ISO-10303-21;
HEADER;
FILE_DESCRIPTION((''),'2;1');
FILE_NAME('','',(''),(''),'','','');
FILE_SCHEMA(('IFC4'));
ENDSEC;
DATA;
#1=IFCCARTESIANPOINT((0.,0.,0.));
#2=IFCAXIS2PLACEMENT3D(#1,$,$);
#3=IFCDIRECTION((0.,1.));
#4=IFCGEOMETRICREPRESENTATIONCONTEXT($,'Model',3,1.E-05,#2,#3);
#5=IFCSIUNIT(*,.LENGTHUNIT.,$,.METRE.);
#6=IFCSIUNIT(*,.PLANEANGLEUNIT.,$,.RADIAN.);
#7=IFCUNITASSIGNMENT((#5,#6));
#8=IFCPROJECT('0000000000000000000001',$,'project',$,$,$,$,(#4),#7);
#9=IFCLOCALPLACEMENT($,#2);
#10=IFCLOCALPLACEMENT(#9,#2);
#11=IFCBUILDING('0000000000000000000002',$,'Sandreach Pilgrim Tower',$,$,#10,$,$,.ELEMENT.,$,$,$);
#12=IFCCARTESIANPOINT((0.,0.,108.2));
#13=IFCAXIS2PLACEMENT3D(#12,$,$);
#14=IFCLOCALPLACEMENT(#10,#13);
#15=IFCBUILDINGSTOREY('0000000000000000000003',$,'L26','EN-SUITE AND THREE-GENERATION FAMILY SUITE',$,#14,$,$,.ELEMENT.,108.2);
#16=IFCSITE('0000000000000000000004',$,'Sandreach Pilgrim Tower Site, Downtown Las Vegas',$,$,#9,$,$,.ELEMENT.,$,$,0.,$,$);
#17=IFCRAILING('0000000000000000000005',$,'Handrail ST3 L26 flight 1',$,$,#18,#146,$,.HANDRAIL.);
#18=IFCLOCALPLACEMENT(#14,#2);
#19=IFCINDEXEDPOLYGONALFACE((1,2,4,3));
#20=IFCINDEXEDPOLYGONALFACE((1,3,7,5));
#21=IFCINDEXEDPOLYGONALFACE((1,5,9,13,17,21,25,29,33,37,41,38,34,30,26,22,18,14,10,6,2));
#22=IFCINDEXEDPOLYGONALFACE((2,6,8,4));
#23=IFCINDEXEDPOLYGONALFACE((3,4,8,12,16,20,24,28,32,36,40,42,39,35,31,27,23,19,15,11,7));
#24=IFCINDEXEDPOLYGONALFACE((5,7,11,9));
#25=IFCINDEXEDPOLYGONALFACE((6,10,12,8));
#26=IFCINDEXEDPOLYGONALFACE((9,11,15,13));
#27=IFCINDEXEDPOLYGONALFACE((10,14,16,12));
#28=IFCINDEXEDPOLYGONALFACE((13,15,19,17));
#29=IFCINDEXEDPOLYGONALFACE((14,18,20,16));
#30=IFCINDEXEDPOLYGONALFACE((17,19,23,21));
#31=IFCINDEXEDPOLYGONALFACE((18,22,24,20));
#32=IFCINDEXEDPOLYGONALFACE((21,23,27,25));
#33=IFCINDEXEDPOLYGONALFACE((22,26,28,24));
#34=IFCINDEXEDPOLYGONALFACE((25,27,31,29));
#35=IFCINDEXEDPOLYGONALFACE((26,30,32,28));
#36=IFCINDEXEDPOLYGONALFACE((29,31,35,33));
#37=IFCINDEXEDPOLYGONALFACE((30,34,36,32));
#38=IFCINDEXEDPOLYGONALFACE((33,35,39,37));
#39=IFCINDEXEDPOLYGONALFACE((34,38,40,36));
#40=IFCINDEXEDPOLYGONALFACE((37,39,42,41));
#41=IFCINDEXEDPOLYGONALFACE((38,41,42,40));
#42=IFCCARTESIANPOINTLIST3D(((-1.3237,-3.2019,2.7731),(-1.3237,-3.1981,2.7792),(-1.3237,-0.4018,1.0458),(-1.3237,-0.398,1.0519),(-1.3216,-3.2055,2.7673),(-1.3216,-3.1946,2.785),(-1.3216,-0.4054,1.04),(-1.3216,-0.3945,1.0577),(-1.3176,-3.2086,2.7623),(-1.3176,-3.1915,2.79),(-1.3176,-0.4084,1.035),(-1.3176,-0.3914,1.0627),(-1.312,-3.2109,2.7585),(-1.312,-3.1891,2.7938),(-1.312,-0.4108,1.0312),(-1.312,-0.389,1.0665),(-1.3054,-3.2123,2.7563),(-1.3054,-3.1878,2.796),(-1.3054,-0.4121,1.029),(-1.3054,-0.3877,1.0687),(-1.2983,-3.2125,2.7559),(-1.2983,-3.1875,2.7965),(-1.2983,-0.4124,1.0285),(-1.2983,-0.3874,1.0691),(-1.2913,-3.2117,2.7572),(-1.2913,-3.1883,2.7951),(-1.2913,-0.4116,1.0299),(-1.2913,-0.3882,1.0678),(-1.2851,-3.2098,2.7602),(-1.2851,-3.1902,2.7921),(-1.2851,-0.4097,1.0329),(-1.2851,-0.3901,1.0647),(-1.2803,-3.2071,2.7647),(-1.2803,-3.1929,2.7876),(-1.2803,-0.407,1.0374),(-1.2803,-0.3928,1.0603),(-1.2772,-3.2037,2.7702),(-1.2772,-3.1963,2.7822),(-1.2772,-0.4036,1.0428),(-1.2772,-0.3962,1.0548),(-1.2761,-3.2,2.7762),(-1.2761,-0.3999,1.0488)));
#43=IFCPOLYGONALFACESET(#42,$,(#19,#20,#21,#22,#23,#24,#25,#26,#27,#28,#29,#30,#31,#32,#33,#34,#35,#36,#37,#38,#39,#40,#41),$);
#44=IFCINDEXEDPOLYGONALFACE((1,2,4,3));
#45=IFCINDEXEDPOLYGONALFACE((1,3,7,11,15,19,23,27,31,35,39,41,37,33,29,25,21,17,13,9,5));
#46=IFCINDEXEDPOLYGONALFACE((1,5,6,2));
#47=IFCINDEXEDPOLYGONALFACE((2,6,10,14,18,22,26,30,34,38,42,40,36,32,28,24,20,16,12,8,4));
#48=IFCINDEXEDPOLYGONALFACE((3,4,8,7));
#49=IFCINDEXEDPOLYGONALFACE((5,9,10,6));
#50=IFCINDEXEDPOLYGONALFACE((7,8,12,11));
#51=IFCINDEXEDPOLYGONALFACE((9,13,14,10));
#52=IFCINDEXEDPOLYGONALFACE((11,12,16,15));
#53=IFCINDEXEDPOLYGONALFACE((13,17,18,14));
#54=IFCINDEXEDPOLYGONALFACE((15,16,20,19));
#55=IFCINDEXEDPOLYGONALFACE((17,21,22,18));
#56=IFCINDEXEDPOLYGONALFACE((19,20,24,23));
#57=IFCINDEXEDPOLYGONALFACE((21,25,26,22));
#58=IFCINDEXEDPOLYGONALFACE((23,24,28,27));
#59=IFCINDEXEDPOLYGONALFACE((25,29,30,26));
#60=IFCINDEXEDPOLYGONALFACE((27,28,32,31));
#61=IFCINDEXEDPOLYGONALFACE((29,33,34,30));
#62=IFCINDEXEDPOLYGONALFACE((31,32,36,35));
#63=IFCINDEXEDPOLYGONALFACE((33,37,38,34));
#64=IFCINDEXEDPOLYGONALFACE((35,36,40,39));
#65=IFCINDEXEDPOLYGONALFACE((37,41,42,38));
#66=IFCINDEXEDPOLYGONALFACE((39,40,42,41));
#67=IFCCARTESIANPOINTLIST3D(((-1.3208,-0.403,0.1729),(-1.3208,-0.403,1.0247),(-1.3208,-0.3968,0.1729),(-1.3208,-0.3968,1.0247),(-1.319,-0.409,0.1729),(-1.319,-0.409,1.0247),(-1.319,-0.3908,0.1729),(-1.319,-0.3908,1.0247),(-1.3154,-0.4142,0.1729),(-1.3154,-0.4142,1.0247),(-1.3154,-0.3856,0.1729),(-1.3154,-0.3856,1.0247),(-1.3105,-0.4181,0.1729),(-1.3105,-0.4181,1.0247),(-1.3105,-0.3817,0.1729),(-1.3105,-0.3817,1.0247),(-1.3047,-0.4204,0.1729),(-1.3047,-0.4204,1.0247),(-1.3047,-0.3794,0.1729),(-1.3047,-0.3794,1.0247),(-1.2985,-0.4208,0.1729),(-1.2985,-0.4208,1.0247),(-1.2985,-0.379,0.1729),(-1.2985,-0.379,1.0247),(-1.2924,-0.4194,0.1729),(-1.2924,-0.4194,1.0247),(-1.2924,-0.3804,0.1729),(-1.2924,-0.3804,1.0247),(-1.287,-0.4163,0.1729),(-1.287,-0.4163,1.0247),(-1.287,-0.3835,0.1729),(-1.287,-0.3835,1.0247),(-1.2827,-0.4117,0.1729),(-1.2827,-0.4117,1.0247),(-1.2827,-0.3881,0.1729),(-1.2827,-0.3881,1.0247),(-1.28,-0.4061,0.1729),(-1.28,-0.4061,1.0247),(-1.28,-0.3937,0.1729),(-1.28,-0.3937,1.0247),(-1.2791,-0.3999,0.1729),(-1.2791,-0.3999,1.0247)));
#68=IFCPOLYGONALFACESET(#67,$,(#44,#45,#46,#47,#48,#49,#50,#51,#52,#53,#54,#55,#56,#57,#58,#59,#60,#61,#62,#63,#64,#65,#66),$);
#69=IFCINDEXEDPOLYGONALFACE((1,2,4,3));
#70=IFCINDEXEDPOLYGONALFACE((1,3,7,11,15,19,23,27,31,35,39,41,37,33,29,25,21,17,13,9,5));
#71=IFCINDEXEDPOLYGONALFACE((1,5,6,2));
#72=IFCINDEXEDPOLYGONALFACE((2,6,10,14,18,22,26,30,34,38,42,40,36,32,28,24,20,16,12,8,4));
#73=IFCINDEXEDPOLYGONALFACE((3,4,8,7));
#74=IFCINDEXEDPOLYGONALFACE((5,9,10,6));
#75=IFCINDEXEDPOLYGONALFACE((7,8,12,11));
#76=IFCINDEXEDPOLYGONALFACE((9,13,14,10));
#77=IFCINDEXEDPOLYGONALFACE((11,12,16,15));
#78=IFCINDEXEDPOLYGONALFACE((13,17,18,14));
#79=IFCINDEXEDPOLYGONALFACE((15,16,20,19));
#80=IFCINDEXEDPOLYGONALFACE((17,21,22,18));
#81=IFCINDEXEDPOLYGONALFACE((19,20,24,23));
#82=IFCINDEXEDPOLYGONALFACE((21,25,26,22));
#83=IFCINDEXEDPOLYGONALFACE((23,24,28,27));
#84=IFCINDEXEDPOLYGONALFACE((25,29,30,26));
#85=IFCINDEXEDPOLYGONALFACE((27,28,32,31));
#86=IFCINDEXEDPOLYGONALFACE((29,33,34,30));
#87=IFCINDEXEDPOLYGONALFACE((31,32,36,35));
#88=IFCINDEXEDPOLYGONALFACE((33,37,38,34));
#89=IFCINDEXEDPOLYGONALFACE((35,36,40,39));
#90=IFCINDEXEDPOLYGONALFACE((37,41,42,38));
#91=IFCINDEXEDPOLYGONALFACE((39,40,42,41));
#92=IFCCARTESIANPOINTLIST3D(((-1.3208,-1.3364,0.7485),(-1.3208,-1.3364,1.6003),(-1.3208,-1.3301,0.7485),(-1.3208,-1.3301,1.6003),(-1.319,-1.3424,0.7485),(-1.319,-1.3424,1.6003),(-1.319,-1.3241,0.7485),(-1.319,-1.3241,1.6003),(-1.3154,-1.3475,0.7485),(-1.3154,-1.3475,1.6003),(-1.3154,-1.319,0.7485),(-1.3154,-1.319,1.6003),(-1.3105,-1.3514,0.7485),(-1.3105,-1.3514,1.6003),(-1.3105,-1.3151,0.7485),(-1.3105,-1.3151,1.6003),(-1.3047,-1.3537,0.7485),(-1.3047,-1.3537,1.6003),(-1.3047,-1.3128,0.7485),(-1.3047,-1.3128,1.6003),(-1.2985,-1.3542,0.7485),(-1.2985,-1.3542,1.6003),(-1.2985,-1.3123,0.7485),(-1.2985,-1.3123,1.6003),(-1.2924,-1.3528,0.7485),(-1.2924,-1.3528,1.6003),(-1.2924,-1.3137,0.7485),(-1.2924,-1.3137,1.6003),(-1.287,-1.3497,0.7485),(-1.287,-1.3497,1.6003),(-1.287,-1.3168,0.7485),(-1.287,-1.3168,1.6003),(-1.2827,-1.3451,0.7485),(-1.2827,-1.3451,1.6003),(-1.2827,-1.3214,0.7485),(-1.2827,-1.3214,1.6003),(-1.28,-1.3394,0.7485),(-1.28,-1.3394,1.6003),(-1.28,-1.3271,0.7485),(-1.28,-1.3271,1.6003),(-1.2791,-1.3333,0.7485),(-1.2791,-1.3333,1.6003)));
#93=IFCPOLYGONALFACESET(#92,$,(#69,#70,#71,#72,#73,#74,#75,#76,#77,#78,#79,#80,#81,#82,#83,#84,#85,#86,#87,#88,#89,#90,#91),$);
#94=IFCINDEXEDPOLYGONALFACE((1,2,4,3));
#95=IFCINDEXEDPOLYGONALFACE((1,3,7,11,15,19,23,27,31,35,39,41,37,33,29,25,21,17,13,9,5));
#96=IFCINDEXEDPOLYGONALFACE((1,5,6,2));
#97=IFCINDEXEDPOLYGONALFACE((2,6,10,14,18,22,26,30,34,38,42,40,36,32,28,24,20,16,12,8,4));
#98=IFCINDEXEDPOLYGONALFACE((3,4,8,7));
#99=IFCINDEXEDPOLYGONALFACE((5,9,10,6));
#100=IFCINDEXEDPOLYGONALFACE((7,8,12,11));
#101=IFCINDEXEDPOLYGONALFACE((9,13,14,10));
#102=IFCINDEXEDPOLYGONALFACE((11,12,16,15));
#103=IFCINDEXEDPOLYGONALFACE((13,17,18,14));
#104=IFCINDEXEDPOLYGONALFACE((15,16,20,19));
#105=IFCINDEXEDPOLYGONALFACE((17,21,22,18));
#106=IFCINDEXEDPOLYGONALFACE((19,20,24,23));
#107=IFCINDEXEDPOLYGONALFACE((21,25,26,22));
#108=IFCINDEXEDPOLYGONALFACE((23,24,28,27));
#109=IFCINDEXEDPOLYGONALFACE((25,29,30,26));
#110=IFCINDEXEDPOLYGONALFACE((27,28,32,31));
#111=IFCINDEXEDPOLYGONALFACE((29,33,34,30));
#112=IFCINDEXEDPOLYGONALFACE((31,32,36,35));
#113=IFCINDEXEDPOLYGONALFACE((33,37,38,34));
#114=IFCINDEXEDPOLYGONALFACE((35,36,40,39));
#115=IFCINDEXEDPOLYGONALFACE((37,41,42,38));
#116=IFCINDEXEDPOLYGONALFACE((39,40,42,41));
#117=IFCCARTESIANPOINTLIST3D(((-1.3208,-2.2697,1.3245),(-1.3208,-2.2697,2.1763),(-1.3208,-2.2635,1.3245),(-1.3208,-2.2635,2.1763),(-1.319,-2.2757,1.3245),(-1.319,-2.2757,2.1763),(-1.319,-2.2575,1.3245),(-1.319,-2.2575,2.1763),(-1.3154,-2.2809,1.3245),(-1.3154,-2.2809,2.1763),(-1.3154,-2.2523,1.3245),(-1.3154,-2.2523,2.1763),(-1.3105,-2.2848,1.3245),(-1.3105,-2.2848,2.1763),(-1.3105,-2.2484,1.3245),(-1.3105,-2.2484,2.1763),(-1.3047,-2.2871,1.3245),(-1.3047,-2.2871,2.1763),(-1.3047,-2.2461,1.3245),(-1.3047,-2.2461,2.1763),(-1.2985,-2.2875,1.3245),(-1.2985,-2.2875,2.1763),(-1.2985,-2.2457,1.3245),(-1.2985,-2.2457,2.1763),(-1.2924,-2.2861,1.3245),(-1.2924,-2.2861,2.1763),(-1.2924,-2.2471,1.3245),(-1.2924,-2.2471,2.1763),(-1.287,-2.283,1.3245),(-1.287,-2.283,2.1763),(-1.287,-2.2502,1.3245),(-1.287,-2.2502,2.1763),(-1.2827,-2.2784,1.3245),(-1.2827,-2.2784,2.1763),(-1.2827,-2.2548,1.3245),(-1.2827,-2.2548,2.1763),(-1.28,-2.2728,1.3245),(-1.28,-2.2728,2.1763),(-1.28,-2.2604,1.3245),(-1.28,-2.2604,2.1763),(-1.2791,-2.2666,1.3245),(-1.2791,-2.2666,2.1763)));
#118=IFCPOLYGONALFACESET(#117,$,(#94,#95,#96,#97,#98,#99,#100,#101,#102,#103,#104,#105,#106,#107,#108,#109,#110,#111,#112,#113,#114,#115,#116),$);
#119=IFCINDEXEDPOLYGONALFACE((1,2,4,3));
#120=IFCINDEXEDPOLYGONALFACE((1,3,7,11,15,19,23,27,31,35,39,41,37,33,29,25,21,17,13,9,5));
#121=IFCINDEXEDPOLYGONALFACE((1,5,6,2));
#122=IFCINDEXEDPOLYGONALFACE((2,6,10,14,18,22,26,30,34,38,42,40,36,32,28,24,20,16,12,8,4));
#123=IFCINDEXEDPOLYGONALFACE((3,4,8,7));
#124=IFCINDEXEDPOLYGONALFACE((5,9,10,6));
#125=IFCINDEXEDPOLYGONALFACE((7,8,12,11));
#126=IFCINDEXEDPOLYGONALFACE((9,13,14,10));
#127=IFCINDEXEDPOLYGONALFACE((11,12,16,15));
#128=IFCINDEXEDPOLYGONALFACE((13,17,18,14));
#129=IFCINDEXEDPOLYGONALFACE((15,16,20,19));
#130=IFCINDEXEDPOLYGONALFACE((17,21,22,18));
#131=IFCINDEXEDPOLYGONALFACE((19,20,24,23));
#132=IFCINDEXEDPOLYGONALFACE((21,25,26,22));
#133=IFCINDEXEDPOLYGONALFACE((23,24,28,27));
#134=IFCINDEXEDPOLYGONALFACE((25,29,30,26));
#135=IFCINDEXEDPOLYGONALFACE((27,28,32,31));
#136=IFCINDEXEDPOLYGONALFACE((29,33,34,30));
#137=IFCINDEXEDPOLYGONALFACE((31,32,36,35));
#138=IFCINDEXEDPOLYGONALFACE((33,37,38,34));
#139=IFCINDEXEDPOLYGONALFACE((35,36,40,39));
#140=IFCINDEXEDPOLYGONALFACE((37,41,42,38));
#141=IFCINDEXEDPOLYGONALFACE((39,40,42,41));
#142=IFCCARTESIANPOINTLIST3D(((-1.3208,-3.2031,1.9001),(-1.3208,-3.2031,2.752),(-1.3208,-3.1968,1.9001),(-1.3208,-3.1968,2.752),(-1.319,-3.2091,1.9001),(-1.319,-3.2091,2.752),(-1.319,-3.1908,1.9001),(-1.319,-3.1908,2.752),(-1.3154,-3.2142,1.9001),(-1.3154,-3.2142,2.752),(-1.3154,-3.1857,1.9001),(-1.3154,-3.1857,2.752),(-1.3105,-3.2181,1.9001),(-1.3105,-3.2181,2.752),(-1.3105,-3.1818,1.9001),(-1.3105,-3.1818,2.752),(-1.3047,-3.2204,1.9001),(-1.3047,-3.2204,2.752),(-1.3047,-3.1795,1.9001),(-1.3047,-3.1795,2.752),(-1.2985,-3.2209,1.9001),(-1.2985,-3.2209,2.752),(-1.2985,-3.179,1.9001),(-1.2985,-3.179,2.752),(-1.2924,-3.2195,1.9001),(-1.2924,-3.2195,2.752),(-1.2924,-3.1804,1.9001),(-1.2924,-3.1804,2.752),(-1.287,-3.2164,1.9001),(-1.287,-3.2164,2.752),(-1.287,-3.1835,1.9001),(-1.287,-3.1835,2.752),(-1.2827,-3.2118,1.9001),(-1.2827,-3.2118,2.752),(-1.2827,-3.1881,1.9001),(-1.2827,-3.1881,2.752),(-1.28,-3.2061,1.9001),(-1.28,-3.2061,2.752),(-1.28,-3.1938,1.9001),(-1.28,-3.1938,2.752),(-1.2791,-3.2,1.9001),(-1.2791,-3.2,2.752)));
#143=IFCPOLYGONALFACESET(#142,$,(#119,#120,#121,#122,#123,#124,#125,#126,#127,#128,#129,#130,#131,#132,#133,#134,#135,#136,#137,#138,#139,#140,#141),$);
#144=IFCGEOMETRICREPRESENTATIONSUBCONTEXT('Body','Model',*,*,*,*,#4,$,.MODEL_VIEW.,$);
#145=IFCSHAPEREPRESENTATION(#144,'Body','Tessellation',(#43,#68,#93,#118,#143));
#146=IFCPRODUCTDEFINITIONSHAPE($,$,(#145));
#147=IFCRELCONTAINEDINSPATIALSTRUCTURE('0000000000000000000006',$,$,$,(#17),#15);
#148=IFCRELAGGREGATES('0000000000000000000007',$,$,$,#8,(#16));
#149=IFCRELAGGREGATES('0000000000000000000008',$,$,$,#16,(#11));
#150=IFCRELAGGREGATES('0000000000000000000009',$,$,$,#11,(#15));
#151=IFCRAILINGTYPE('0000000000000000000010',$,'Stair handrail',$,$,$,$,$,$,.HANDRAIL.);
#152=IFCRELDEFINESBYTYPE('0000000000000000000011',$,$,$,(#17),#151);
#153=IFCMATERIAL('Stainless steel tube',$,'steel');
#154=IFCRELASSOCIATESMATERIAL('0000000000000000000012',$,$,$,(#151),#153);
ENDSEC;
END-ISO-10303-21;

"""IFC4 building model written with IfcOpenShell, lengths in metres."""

from ifc_helpers import new_model, si_unit, direction, frame, origin, origin_2d, place, context, subcontext, project, spatial, circle, extrude, material, type_object, element, save


model = new_model("IFC4")

# Units and contexts
model_context = context("Model", 3, precision=1e-05, world=origin(), true_north=direction((0.0, 1.0)))
body_context = subcontext(model_context, "Body", "Model", "MODEL_VIEW")
ifc_project = project(units=[si_unit("LENGTHUNIT", "METRE"), si_unit("PLANEANGLEUNIT", "RADIAN")], contexts=[model_context])

# Site, building, storey
site_placement = place(None, origin())
site = spatial("IfcSite", under=ifc_project, at=site_placement, Name="Sandreach Pilgrim Tower Site, Downtown Las Vegas", CompositionType="ELEMENT", RefElevation=0.0)
building_placement = place(site_placement, origin())
building = spatial("IfcBuilding", under=site, at=building_placement, Name="Sandreach Pilgrim Tower", CompositionType="ELEMENT")
storey_placement = place(building_placement, frame((0.0, 0.0, 108.2)))
storey = spatial("IfcBuildingStorey", under=building, at=storey_placement, Name="L26", Description="EN-SUITE AND THREE-GENERATION FAMILY SUITE", CompositionType="ELEMENT", Elevation=108.2)

# Railing
ifc_material_1 = material(Name="Stainless steel tube", Category="steel")
railing_type = type_object("IfcRailingType", Name="Stair handrail", PredefinedType="HANDRAIL", material=ifc_material_1)
for number, where, name in (
    (1, (-1.3, -0.3999, 0.1729), "Handrail ST3 L26 flight 1"),
):
    element("IfcRailing", number, at=place(storey_placement, frame(where)), inside=storey, type_object=railing_type, Name=name, PredefinedType="HANDRAIL", context=body_context, shape_type="SweptSolid", body=[
        extrude(circle(Radius=0.0239, at=origin_2d()), frame((0.0, 0.0, 0.876), z_axis=(0.0, -0.85109, 0.52502), x_axis=(1.0, 0.0, 0.0)), (0.0, 0.0, 1.0), 3.29),
        extrude(circle(Radius=0.021, at=origin_2d()), origin(), (0.0, 0.0, 1.0), 0.8518),
        extrude(circle(Radius=0.021, at=origin_2d()), frame((0.0, -0.9333, 0.5757)), (0.0, 0.0, 1.0), 0.8518),
        extrude(circle(Radius=0.021, at=origin_2d()), frame((0.0, -1.8667, 1.1516)), (0.0, 0.0, 1.0), 0.8518),
        extrude(circle(Radius=0.021, at=origin_2d()), frame((0.0, -2.8, 1.7273)), (0.0, 0.0, 1.0), 0.8518),
    ])

save(model, "model.ifc")
